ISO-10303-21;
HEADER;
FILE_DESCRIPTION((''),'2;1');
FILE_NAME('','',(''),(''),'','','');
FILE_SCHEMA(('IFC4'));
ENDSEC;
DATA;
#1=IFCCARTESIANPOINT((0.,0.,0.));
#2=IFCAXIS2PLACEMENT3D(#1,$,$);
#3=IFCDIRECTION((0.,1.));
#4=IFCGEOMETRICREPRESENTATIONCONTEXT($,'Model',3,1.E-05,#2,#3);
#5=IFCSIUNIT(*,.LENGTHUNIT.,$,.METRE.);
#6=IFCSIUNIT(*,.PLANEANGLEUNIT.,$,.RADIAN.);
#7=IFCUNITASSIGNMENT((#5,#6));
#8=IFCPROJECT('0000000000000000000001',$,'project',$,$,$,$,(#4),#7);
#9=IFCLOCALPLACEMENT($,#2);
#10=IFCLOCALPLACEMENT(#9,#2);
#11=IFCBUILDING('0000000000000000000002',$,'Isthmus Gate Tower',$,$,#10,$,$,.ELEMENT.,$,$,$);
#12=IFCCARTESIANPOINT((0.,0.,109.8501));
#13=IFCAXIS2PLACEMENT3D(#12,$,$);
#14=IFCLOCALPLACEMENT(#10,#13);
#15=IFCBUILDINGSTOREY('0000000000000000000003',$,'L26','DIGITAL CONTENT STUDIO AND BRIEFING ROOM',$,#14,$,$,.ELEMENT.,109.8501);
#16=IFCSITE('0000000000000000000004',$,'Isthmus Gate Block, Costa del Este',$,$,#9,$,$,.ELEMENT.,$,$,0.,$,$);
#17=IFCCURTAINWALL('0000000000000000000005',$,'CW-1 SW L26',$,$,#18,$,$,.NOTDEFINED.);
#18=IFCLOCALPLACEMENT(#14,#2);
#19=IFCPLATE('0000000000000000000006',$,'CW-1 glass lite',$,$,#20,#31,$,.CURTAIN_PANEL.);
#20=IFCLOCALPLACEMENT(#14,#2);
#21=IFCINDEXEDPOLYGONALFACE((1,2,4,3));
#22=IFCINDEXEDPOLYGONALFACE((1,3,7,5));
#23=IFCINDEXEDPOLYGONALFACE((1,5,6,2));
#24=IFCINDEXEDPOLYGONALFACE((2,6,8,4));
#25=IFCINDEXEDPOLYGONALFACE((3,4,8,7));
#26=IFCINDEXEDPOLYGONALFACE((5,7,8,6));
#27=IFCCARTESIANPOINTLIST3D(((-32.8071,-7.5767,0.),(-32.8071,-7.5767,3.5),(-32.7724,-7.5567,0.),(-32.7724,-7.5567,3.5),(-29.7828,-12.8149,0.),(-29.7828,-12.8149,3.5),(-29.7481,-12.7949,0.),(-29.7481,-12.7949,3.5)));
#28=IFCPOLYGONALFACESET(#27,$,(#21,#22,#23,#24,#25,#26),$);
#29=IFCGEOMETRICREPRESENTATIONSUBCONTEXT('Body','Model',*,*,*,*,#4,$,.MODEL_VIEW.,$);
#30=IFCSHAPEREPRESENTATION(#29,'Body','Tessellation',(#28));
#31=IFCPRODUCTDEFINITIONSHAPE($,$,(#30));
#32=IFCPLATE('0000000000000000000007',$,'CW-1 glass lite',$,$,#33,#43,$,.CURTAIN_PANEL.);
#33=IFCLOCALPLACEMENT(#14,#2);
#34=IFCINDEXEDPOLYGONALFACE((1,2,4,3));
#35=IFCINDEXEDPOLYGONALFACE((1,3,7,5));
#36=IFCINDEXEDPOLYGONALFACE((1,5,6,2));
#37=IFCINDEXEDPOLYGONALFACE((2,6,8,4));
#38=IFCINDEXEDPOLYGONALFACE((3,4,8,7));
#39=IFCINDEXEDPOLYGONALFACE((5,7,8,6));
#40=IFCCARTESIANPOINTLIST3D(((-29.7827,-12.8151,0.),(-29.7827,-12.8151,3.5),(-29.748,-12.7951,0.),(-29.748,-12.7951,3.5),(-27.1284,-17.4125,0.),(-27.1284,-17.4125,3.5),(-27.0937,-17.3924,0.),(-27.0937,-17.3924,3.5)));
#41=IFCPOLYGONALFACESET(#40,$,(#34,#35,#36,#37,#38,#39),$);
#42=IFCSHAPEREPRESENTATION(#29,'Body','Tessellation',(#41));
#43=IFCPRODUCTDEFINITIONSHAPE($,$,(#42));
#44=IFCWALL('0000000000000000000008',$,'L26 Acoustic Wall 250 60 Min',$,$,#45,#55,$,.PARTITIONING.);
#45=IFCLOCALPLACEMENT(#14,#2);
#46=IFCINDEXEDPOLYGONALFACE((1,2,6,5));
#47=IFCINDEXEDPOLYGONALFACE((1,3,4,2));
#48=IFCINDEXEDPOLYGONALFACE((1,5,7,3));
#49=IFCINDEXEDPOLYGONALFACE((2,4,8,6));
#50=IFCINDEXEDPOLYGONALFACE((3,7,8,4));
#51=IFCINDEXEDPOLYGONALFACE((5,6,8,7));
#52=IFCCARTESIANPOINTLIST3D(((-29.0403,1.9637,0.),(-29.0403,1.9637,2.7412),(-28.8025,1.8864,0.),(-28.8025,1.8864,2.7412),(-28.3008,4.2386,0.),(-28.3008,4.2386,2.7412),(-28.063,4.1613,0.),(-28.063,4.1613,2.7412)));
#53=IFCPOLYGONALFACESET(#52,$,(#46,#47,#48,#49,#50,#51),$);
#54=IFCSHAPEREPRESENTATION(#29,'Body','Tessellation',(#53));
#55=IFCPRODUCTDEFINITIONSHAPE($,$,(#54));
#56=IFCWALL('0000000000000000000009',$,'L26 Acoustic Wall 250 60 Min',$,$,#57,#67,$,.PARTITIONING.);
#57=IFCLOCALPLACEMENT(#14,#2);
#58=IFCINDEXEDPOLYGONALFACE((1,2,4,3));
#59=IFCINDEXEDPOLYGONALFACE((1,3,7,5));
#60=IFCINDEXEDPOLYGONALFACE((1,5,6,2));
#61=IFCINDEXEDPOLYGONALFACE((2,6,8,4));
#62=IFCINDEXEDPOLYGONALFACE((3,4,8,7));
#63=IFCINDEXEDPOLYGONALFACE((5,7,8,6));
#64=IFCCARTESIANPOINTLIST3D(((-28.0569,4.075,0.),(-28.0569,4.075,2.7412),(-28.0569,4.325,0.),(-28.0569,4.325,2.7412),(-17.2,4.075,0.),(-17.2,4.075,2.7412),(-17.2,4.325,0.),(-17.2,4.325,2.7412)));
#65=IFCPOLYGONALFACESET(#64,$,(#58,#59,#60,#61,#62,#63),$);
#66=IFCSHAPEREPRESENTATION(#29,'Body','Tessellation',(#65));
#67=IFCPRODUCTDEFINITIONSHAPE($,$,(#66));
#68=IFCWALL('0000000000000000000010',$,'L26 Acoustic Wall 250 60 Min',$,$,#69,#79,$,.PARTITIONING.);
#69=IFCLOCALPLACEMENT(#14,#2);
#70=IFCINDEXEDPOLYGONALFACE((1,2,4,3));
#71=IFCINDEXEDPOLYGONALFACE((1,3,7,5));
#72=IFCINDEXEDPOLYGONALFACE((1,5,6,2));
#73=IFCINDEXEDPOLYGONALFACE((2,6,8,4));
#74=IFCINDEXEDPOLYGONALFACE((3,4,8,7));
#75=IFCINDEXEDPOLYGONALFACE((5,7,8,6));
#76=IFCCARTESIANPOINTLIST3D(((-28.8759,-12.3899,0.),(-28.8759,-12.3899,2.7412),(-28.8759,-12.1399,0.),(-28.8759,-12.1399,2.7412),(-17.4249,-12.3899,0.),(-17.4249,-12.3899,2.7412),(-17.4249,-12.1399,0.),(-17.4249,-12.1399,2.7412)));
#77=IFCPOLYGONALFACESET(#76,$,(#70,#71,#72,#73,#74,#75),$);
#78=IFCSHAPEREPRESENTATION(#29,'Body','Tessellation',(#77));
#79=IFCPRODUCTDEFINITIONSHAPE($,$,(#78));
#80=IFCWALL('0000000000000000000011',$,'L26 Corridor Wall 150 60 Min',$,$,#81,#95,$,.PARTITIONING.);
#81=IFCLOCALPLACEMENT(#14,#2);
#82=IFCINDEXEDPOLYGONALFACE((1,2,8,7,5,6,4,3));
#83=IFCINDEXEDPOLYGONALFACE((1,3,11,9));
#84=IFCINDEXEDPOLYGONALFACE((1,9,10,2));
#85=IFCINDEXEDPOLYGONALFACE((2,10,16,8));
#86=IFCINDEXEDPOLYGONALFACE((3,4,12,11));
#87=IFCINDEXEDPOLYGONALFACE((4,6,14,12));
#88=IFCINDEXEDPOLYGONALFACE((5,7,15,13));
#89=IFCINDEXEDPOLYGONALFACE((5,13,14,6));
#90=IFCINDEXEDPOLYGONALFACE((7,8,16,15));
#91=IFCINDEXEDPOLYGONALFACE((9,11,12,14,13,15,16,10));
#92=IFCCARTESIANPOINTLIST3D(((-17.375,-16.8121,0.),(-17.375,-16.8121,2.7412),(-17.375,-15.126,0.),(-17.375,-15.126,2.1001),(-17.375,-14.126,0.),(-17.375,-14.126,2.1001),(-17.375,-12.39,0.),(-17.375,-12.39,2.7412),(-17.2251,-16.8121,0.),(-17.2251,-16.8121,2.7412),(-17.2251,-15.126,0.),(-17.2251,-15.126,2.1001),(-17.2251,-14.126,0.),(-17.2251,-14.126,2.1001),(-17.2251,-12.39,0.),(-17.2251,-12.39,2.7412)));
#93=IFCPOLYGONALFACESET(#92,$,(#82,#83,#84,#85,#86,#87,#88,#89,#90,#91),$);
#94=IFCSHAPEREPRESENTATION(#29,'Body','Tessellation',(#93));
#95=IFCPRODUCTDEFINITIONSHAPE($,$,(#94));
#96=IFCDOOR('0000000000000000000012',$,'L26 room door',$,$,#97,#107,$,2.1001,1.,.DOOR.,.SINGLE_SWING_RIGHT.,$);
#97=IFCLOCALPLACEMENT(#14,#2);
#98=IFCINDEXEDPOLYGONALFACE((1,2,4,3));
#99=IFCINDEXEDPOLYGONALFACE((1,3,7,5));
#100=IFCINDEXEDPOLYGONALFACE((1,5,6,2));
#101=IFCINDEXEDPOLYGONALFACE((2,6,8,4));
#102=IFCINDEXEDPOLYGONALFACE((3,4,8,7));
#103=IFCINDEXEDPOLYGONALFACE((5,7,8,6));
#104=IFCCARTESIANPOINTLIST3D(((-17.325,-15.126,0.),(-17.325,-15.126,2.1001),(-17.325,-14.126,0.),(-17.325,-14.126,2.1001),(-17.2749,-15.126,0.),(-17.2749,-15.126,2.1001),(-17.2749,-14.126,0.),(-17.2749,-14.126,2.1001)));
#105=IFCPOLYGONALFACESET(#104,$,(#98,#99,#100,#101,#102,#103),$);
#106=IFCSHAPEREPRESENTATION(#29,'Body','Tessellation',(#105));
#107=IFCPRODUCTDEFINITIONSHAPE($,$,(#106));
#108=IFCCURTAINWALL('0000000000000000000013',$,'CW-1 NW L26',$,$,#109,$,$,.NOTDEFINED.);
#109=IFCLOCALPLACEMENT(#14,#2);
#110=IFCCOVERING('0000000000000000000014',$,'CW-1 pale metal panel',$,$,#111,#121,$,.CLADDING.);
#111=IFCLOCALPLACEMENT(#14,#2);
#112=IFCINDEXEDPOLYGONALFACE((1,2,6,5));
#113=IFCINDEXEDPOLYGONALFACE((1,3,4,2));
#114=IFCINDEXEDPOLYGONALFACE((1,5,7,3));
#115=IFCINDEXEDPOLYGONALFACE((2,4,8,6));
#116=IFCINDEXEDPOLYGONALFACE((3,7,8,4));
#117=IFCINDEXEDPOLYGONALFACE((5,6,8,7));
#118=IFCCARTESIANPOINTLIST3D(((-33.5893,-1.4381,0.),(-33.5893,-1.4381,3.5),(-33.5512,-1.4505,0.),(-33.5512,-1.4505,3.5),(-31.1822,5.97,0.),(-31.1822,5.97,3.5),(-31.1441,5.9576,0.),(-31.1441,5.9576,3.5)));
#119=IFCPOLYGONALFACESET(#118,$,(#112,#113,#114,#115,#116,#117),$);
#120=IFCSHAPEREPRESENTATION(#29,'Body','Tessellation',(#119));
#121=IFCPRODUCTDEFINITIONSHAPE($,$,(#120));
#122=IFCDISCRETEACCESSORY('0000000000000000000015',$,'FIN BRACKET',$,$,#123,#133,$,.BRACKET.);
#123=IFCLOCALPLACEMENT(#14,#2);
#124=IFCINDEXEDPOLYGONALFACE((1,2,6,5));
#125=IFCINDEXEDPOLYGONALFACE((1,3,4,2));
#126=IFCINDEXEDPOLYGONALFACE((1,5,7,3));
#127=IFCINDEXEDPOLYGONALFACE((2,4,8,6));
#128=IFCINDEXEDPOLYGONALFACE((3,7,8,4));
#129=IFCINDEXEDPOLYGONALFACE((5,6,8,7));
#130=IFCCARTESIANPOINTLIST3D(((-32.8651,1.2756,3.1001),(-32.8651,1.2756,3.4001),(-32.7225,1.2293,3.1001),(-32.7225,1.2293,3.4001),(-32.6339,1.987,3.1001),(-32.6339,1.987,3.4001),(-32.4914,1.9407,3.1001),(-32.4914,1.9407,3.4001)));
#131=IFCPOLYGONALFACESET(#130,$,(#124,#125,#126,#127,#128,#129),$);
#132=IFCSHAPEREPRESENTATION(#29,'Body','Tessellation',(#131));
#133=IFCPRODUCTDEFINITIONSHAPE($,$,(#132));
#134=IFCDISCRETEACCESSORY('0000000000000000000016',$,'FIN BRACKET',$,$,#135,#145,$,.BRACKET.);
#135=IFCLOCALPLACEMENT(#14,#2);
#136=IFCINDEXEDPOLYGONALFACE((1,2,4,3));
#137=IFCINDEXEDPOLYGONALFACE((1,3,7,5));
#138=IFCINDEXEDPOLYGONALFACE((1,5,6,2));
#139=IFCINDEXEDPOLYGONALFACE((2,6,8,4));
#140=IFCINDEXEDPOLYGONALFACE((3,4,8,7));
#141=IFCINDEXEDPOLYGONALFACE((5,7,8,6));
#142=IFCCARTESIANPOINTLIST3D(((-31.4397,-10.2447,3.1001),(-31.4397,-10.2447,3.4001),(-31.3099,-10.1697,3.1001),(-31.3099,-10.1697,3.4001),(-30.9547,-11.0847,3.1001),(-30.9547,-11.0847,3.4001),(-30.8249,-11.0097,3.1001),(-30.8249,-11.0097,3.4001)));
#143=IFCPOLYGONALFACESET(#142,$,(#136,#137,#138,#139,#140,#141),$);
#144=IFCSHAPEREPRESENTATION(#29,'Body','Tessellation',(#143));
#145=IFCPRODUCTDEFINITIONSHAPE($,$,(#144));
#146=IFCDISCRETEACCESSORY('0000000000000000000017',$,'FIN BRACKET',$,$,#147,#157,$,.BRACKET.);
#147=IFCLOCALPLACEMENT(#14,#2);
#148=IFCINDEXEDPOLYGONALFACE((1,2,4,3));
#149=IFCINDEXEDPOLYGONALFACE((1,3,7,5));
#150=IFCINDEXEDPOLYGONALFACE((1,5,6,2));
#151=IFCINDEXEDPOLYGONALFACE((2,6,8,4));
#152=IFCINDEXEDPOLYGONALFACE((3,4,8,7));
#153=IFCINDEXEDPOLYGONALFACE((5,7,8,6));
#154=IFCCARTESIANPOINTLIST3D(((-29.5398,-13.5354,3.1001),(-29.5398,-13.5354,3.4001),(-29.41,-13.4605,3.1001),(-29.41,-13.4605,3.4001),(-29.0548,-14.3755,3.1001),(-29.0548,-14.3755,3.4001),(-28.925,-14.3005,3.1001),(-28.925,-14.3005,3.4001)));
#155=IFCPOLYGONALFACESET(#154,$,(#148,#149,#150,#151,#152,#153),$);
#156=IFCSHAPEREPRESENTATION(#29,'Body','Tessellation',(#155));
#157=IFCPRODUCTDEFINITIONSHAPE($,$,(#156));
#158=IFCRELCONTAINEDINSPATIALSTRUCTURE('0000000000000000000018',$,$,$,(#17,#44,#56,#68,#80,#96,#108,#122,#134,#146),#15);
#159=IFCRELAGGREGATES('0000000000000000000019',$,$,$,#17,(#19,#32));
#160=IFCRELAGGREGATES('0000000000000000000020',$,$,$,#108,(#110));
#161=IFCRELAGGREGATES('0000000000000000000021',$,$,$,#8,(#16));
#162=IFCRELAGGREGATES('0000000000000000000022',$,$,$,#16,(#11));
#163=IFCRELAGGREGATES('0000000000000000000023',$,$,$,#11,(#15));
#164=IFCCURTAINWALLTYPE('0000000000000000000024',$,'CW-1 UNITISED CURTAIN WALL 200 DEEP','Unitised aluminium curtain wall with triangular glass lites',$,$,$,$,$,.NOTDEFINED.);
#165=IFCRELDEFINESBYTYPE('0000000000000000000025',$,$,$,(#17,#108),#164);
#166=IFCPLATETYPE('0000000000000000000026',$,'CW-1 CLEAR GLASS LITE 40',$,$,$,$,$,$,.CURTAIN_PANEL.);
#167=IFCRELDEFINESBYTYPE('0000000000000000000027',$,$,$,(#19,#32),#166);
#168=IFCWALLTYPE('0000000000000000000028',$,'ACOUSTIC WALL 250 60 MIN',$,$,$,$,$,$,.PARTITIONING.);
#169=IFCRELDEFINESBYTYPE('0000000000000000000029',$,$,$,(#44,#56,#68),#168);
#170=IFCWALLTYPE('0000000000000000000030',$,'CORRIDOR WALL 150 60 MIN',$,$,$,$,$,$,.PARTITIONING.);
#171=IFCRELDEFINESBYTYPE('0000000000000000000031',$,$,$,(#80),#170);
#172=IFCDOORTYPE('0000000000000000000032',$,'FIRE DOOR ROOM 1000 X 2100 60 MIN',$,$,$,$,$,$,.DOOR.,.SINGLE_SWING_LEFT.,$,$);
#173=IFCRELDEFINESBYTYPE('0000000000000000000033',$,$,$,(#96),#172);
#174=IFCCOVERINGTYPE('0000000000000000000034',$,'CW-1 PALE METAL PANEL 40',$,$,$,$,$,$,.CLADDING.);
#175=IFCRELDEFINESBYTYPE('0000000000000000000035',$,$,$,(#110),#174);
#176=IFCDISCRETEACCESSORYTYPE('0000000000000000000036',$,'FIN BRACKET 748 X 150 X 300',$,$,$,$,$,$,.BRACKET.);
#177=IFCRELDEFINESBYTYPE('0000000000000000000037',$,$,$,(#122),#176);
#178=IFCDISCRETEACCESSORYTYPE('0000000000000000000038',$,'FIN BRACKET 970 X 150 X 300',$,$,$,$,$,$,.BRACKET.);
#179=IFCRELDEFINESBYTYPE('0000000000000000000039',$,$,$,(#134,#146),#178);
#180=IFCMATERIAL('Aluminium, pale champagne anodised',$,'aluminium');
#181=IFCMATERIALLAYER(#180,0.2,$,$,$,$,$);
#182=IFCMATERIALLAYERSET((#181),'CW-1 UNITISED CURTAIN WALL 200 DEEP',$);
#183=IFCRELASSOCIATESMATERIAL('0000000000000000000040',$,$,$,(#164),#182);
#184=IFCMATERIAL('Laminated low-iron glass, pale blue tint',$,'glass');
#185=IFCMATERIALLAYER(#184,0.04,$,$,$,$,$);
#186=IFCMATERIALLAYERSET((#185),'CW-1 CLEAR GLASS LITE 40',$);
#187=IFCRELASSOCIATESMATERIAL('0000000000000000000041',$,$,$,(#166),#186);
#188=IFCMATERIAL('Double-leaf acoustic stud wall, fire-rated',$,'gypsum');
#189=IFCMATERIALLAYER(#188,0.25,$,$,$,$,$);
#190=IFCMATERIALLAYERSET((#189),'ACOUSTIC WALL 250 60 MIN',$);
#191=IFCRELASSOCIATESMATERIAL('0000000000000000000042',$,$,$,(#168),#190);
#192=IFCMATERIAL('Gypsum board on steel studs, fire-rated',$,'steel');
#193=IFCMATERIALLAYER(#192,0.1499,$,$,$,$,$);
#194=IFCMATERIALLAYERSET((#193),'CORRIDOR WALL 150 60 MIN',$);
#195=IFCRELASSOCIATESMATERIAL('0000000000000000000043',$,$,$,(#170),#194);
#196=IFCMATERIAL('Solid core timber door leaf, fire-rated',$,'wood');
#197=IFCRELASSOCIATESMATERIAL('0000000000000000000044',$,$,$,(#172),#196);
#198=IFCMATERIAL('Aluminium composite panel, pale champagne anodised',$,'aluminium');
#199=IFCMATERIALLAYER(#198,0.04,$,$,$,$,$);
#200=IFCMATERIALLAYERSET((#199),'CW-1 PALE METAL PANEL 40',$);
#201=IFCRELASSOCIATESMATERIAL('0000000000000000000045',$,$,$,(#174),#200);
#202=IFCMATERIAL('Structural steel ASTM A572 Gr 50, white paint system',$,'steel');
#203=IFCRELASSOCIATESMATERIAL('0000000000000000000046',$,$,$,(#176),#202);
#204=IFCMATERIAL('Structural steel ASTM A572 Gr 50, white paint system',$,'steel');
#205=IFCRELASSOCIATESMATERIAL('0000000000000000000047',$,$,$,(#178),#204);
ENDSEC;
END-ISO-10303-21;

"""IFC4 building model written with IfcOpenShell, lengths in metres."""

from ifc_helpers import new_model, si_unit, direction, frame, frame_2d, origin, origin_2d, place, context, subcontext, project, spatial, rectangle, extrude, material, layer, layer_set, type_object, element, fill, aggregate, save


model = new_model("IFC4")

# Units and contexts
model_context = context("Model", 3, precision=1e-05, world=origin(), true_north=direction((0.0, 1.0)))
body_context = subcontext(model_context, "Body", "Model", "MODEL_VIEW")
ifc_project = project(units=[si_unit("LENGTHUNIT", "METRE"), si_unit("PLANEANGLEUNIT", "RADIAN")], contexts=[model_context])

# Site, building, storey
site_placement = place(None, origin())
site = spatial("IfcSite", under=ifc_project, at=site_placement, Name="Isthmus Gate Block, Costa del Este", CompositionType="ELEMENT", RefElevation=0.0)
building_placement = place(site_placement, origin())
building = spatial("IfcBuilding", under=site, at=building_placement, Name="Isthmus Gate Tower", CompositionType="ELEMENT")
storey_placement = place(building_placement, frame((0.0, 0.0, 109.8501)))
storey = spatial("IfcBuildingStorey", under=building, at=storey_placement, Name="L26", Description="DIGITAL CONTENT STUDIO AND BRIEFING ROOM", CompositionType="ELEMENT", Elevation=109.8501)

# Curtain wall
ifc_material_1 = material(Name="Aluminium, pale champagne anodised", Category="aluminium")
ifc_layer_1 = layer(ifc_material_1, 0.2)
ifc_layer_set_1 = layer_set([ifc_layer_1], Name="CW-1 UNITISED CURTAIN WALL 200 DEEP")
curtain_wall_type = type_object("IfcCurtainWallType", Name="CW-1 UNITISED CURTAIN WALL 200 DEEP", Description="Unitised aluminium curtain wall with triangular glass lites", PredefinedType="NOTDEFINED", material=ifc_layer_set_1)
curtain_wall_1_placement = place(storey_placement, origin())
curtain_wall_1 = element("IfcCurtainWall", 1, at=curtain_wall_1_placement, inside=storey, type_object=curtain_wall_type, Name="CW-1 SW L26", PredefinedType="NOTDEFINED")

# Plates
ifc_material_2 = material(Name="Laminated low-iron glass, pale blue tint", Category="glass")
ifc_layer_2 = layer(ifc_material_2, 0.04)
ifc_layer_set_2 = layer_set([ifc_layer_2], Name="CW-1 CLEAR GLASS LITE 40")
plate_type = type_object("IfcPlateType", Name="CW-1 CLEAR GLASS LITE 40", PredefinedType="CURTAIN_PANEL", material=ifc_layer_set_2)
plate_1_placement = place(storey_placement, frame((-31.2776, -10.1858, 0.0), z_axis=(0.0, 0.0, 1.0), x_axis=(0.5, -0.866025, 0.0)))
plate_1 = element("IfcPlate", 2, at=plate_1_placement, type_object=plate_type, Name="CW-1 glass lite", PredefinedType="CURTAIN_PANEL", context=body_context, shape_type="SweptSolid", body=[
    extrude(rectangle(XDim=6.0486, YDim=0.04, at=origin_2d()), origin(), (0.0, 0.0, 1.0), 3.5),
])
plate_2_placement = place(storey_placement, frame((-28.4382, -15.1038, 0.0), z_axis=(0.0, 0.0, 1.0), x_axis=(0.5, -0.866025, 0.0)))
plate_2 = element("IfcPlate", 3, at=plate_2_placement, type_object=plate_type, Name="CW-1 glass lite", PredefinedType="CURTAIN_PANEL", context=body_context, shape_type="SweptSolid", body=[
    extrude(rectangle(XDim=5.3086, YDim=0.04, at=origin_2d()), origin(), (0.0, 0.0, 1.0), 3.5),
])
aggregate(curtain_wall_1, [plate_1, plate_2])

# Walls
ifc_material_3 = material(Name="Double-leaf acoustic stud wall, fire-rated", Category="gypsum")
ifc_layer_3 = layer(ifc_material_3, 0.25)
ifc_layer_set_3 = layer_set([ifc_layer_3], Name="ACOUSTIC WALL 250 60 MIN")
wall_type_1 = type_object("IfcWallType", Name="ACOUSTIC WALL 250 60 MIN", PredefinedType="PARTITIONING", material=ifc_layer_set_3)
wall_1_placement = place(storey_placement, frame((-28.9214, 1.925, 0.0), z_axis=(0.0, 0.0, 1.0), x_axis=(0.309146, 0.951015, 0.0)))
element("IfcWall", 4, at=wall_1_placement, inside=storey, type_object=wall_type_1, Name="L26 Acoustic Wall 250 60 Min", PredefinedType="PARTITIONING", context=body_context, shape_type="SweptSolid", body=[
    extrude(rectangle(XDim=2.3921, YDim=0.25, at=frame_2d((1.196, 0.0))), origin(), (0.0, 0.0, 1.0), 2.7412),
])
wall_2_placement = place(storey_placement, frame((-28.0569, 4.2, 0.0), z_axis=(0.0, 0.0, 1.0), x_axis=(1.0, 0.0, 0.0)))
element("IfcWall", 5, at=wall_2_placement, inside=storey, type_object=wall_type_1, Name="L26 Acoustic Wall 250 60 Min", PredefinedType="PARTITIONING", context=body_context, shape_type="SweptSolid", body=[
    extrude(rectangle(XDim=10.8569, YDim=0.25, at=frame_2d((5.4285, 0.0))), origin(), (0.0, 0.0, 1.0), 2.7412),
])
wall_3_placement = place(storey_placement, frame((-28.876, -12.2649, 0.0), z_axis=(0.0, 0.0, 1.0), x_axis=(1.0, 0.0, 0.0)))
element("IfcWall", 6, at=wall_3_placement, inside=storey, type_object=wall_type_1, Name="L26 Acoustic Wall 250 60 Min", PredefinedType="PARTITIONING", context=body_context, shape_type="SweptSolid", body=[
    extrude(rectangle(XDim=11.4509, YDim=0.25, at=frame_2d((5.7256, 0.0))), origin(), (0.0, 0.0, 1.0), 2.7412),
])

# Wall, opening, door
ifc_material_4 = material(Name="Gypsum board on steel studs, fire-rated", Category="steel")
ifc_layer_4 = layer(ifc_material_4, 0.1499)
ifc_layer_set_4 = layer_set([ifc_layer_4], Name="CORRIDOR WALL 150 60 MIN")
wall_type_2 = type_object("IfcWallType", Name="CORRIDOR WALL 150 60 MIN", PredefinedType="PARTITIONING", material=ifc_layer_set_4)
wall_4_placement = place(storey_placement, frame((-17.3, -16.812, 0.0), z_axis=(0.0, 0.0, 1.0), x_axis=(0.0, 1.0, 0.0)))
wall_4 = element("IfcWall", 7, at=wall_4_placement, inside=storey, type_object=wall_type_2, Name="L26 Corridor Wall 150 60 Min", PredefinedType="PARTITIONING", context=body_context, shape_type="SweptSolid", body=[
    extrude(rectangle(XDim=4.4221, YDim=0.1499, at=frame_2d((2.2109, 0.0))), origin(), (0.0, 0.0, 1.0), 2.7412),
])
opening_placement = place(wall_4_placement, frame((1.686, 0.0, 0.0)))
opening = element("IfcOpeningElement", 8, at=opening_placement, cuts=wall_4, PredefinedType="OPENING", context=body_context, shape_type="SweptSolid", body=[
    extrude(rectangle(XDim=1.0, YDim=2.1001, at=frame_2d((0.5, 1.05))), frame((0.0, 0.085, 0.0), z_axis=(0.0, -1.0, 0.0), x_axis=(1.0, 0.0, 0.0)), (0.0, 0.0, 1.0), 0.1699),
])
ifc_material_5 = material(Name="Solid core timber door leaf, fire-rated", Category="wood")
door_type = type_object("IfcDoorType", Name="FIRE DOOR ROOM 1000 X 2100 60 MIN", OperationType="SINGLE_SWING_LEFT", PredefinedType="DOOR", material=ifc_material_5)
door_placement = place(opening_placement, origin())
door = element("IfcDoor", 9, at=door_placement, inside=storey, type_object=door_type, Name="L26 room door", OperationType="SINGLE_SWING_RIGHT", OverallHeight=2.1001, OverallWidth=1.0, PredefinedType="DOOR", context=body_context, shape_type="SweptSolid", body=[
    extrude(rectangle(XDim=1.0, YDim=2.1001, at=frame_2d((0.5, 1.05))), frame((0.0, 0.0249, 0.0), z_axis=(0.0, -1.0, 0.0), x_axis=(1.0, 0.0, 0.0)), (0.0, 0.0, 1.0), 0.05),
])
fill(opening, door)

# Curtain wall, covering
curtain_wall_2_placement = place(storey_placement, origin())
curtain_wall_2 = element("IfcCurtainWall", 10, at=curtain_wall_2_placement, inside=storey, type_object=curtain_wall_type, Name="CW-1 NW L26", PredefinedType="NOTDEFINED")
ifc_material_6 = material(Name="Aluminium composite panel, pale champagne anodised", Category="aluminium")
ifc_layer_5 = layer(ifc_material_6, 0.04)
ifc_layer_set_5 = layer_set([ifc_layer_5], Name="CW-1 PALE METAL PANEL 40")
covering_type = type_object("IfcCoveringType", Name="CW-1 PALE METAL PANEL 40", PredefinedType="CLADDING", material=ifc_layer_set_5)
covering_placement = place(storey_placement, frame((-32.3667, 2.2598, 0.0), z_axis=(0.0, 0.0, 1.0), x_axis=(-0.309017, -0.951057, 0.0)))
covering = element("IfcCovering", 11, at=covering_placement, type_object=covering_type, Name="CW-1 pale metal panel", PredefinedType="CLADDING", context=body_context, shape_type="SweptSolid", body=[
    extrude(rectangle(XDim=7.7893, YDim=0.04, at=origin_2d()), origin(), (0.0, 0.0, 1.0), 3.5),
])
aggregate(curtain_wall_2, [covering])

# Discrete accessories
ifc_material_7 = material(Name="Structural steel ASTM A572 Gr 50, white paint system", Category="steel")
discrete_accessory_type_1 = type_object("IfcDiscreteAccessoryType", Name="FIN BRACKET 748 X 150 X 300", PredefinedType="BRACKET", material=ifc_material_7)
discrete_accessory_placement = place(storey_placement, frame((-32.6782, 1.6082, 3.1001), z_axis=(0.0, 0.0, 1.0), x_axis=(-0.951057, 0.309017, 0.0)))
element("IfcDiscreteAccessory", 12, at=discrete_accessory_placement, inside=storey, type_object=discrete_accessory_type_1, Name="FIN BRACKET", PredefinedType="BRACKET", context=body_context, shape_type="SweptSolid", body=[
    extrude(rectangle(XDim=0.1499, YDim=0.748, at=origin_2d()), origin(), (0.0, 0.0, 1.0), 0.3),
])
ifc_material_8 = material(Name="Structural steel ASTM A572 Gr 50, white paint system", Category="steel")
discrete_accessory_type_2 = type_object("IfcDiscreteAccessoryType", Name="FIN BRACKET 970 X 150 X 300", PredefinedType="BRACKET", material=ifc_material_8)
for number, where, z_axis, x_axis, name in (
    (13, (-31.1323, -10.6272, 3.1001), (0.0, 0.0, 1.0), (-0.866025, -0.5, 0.0), "FIN BRACKET"),
    (14, (-29.2324, -13.918, 3.1001), (0.0, 0.0, 1.0), (-0.866025, -0.5, 0.0), "FIN BRACKET"),
):
    element("IfcDiscreteAccessory", number, at=place(storey_placement, frame(where, z_axis=z_axis, x_axis=x_axis)), inside=storey, type_object=discrete_accessory_type_2, Name=name, PredefinedType="BRACKET", context=body_context, shape_type="SweptSolid", body=[
        extrude(rectangle(XDim=0.1499, YDim=0.97, at=origin_2d()), origin(), (0.0, 0.0, 1.0), 0.3),
    ])

save(model, "model.ifc")
